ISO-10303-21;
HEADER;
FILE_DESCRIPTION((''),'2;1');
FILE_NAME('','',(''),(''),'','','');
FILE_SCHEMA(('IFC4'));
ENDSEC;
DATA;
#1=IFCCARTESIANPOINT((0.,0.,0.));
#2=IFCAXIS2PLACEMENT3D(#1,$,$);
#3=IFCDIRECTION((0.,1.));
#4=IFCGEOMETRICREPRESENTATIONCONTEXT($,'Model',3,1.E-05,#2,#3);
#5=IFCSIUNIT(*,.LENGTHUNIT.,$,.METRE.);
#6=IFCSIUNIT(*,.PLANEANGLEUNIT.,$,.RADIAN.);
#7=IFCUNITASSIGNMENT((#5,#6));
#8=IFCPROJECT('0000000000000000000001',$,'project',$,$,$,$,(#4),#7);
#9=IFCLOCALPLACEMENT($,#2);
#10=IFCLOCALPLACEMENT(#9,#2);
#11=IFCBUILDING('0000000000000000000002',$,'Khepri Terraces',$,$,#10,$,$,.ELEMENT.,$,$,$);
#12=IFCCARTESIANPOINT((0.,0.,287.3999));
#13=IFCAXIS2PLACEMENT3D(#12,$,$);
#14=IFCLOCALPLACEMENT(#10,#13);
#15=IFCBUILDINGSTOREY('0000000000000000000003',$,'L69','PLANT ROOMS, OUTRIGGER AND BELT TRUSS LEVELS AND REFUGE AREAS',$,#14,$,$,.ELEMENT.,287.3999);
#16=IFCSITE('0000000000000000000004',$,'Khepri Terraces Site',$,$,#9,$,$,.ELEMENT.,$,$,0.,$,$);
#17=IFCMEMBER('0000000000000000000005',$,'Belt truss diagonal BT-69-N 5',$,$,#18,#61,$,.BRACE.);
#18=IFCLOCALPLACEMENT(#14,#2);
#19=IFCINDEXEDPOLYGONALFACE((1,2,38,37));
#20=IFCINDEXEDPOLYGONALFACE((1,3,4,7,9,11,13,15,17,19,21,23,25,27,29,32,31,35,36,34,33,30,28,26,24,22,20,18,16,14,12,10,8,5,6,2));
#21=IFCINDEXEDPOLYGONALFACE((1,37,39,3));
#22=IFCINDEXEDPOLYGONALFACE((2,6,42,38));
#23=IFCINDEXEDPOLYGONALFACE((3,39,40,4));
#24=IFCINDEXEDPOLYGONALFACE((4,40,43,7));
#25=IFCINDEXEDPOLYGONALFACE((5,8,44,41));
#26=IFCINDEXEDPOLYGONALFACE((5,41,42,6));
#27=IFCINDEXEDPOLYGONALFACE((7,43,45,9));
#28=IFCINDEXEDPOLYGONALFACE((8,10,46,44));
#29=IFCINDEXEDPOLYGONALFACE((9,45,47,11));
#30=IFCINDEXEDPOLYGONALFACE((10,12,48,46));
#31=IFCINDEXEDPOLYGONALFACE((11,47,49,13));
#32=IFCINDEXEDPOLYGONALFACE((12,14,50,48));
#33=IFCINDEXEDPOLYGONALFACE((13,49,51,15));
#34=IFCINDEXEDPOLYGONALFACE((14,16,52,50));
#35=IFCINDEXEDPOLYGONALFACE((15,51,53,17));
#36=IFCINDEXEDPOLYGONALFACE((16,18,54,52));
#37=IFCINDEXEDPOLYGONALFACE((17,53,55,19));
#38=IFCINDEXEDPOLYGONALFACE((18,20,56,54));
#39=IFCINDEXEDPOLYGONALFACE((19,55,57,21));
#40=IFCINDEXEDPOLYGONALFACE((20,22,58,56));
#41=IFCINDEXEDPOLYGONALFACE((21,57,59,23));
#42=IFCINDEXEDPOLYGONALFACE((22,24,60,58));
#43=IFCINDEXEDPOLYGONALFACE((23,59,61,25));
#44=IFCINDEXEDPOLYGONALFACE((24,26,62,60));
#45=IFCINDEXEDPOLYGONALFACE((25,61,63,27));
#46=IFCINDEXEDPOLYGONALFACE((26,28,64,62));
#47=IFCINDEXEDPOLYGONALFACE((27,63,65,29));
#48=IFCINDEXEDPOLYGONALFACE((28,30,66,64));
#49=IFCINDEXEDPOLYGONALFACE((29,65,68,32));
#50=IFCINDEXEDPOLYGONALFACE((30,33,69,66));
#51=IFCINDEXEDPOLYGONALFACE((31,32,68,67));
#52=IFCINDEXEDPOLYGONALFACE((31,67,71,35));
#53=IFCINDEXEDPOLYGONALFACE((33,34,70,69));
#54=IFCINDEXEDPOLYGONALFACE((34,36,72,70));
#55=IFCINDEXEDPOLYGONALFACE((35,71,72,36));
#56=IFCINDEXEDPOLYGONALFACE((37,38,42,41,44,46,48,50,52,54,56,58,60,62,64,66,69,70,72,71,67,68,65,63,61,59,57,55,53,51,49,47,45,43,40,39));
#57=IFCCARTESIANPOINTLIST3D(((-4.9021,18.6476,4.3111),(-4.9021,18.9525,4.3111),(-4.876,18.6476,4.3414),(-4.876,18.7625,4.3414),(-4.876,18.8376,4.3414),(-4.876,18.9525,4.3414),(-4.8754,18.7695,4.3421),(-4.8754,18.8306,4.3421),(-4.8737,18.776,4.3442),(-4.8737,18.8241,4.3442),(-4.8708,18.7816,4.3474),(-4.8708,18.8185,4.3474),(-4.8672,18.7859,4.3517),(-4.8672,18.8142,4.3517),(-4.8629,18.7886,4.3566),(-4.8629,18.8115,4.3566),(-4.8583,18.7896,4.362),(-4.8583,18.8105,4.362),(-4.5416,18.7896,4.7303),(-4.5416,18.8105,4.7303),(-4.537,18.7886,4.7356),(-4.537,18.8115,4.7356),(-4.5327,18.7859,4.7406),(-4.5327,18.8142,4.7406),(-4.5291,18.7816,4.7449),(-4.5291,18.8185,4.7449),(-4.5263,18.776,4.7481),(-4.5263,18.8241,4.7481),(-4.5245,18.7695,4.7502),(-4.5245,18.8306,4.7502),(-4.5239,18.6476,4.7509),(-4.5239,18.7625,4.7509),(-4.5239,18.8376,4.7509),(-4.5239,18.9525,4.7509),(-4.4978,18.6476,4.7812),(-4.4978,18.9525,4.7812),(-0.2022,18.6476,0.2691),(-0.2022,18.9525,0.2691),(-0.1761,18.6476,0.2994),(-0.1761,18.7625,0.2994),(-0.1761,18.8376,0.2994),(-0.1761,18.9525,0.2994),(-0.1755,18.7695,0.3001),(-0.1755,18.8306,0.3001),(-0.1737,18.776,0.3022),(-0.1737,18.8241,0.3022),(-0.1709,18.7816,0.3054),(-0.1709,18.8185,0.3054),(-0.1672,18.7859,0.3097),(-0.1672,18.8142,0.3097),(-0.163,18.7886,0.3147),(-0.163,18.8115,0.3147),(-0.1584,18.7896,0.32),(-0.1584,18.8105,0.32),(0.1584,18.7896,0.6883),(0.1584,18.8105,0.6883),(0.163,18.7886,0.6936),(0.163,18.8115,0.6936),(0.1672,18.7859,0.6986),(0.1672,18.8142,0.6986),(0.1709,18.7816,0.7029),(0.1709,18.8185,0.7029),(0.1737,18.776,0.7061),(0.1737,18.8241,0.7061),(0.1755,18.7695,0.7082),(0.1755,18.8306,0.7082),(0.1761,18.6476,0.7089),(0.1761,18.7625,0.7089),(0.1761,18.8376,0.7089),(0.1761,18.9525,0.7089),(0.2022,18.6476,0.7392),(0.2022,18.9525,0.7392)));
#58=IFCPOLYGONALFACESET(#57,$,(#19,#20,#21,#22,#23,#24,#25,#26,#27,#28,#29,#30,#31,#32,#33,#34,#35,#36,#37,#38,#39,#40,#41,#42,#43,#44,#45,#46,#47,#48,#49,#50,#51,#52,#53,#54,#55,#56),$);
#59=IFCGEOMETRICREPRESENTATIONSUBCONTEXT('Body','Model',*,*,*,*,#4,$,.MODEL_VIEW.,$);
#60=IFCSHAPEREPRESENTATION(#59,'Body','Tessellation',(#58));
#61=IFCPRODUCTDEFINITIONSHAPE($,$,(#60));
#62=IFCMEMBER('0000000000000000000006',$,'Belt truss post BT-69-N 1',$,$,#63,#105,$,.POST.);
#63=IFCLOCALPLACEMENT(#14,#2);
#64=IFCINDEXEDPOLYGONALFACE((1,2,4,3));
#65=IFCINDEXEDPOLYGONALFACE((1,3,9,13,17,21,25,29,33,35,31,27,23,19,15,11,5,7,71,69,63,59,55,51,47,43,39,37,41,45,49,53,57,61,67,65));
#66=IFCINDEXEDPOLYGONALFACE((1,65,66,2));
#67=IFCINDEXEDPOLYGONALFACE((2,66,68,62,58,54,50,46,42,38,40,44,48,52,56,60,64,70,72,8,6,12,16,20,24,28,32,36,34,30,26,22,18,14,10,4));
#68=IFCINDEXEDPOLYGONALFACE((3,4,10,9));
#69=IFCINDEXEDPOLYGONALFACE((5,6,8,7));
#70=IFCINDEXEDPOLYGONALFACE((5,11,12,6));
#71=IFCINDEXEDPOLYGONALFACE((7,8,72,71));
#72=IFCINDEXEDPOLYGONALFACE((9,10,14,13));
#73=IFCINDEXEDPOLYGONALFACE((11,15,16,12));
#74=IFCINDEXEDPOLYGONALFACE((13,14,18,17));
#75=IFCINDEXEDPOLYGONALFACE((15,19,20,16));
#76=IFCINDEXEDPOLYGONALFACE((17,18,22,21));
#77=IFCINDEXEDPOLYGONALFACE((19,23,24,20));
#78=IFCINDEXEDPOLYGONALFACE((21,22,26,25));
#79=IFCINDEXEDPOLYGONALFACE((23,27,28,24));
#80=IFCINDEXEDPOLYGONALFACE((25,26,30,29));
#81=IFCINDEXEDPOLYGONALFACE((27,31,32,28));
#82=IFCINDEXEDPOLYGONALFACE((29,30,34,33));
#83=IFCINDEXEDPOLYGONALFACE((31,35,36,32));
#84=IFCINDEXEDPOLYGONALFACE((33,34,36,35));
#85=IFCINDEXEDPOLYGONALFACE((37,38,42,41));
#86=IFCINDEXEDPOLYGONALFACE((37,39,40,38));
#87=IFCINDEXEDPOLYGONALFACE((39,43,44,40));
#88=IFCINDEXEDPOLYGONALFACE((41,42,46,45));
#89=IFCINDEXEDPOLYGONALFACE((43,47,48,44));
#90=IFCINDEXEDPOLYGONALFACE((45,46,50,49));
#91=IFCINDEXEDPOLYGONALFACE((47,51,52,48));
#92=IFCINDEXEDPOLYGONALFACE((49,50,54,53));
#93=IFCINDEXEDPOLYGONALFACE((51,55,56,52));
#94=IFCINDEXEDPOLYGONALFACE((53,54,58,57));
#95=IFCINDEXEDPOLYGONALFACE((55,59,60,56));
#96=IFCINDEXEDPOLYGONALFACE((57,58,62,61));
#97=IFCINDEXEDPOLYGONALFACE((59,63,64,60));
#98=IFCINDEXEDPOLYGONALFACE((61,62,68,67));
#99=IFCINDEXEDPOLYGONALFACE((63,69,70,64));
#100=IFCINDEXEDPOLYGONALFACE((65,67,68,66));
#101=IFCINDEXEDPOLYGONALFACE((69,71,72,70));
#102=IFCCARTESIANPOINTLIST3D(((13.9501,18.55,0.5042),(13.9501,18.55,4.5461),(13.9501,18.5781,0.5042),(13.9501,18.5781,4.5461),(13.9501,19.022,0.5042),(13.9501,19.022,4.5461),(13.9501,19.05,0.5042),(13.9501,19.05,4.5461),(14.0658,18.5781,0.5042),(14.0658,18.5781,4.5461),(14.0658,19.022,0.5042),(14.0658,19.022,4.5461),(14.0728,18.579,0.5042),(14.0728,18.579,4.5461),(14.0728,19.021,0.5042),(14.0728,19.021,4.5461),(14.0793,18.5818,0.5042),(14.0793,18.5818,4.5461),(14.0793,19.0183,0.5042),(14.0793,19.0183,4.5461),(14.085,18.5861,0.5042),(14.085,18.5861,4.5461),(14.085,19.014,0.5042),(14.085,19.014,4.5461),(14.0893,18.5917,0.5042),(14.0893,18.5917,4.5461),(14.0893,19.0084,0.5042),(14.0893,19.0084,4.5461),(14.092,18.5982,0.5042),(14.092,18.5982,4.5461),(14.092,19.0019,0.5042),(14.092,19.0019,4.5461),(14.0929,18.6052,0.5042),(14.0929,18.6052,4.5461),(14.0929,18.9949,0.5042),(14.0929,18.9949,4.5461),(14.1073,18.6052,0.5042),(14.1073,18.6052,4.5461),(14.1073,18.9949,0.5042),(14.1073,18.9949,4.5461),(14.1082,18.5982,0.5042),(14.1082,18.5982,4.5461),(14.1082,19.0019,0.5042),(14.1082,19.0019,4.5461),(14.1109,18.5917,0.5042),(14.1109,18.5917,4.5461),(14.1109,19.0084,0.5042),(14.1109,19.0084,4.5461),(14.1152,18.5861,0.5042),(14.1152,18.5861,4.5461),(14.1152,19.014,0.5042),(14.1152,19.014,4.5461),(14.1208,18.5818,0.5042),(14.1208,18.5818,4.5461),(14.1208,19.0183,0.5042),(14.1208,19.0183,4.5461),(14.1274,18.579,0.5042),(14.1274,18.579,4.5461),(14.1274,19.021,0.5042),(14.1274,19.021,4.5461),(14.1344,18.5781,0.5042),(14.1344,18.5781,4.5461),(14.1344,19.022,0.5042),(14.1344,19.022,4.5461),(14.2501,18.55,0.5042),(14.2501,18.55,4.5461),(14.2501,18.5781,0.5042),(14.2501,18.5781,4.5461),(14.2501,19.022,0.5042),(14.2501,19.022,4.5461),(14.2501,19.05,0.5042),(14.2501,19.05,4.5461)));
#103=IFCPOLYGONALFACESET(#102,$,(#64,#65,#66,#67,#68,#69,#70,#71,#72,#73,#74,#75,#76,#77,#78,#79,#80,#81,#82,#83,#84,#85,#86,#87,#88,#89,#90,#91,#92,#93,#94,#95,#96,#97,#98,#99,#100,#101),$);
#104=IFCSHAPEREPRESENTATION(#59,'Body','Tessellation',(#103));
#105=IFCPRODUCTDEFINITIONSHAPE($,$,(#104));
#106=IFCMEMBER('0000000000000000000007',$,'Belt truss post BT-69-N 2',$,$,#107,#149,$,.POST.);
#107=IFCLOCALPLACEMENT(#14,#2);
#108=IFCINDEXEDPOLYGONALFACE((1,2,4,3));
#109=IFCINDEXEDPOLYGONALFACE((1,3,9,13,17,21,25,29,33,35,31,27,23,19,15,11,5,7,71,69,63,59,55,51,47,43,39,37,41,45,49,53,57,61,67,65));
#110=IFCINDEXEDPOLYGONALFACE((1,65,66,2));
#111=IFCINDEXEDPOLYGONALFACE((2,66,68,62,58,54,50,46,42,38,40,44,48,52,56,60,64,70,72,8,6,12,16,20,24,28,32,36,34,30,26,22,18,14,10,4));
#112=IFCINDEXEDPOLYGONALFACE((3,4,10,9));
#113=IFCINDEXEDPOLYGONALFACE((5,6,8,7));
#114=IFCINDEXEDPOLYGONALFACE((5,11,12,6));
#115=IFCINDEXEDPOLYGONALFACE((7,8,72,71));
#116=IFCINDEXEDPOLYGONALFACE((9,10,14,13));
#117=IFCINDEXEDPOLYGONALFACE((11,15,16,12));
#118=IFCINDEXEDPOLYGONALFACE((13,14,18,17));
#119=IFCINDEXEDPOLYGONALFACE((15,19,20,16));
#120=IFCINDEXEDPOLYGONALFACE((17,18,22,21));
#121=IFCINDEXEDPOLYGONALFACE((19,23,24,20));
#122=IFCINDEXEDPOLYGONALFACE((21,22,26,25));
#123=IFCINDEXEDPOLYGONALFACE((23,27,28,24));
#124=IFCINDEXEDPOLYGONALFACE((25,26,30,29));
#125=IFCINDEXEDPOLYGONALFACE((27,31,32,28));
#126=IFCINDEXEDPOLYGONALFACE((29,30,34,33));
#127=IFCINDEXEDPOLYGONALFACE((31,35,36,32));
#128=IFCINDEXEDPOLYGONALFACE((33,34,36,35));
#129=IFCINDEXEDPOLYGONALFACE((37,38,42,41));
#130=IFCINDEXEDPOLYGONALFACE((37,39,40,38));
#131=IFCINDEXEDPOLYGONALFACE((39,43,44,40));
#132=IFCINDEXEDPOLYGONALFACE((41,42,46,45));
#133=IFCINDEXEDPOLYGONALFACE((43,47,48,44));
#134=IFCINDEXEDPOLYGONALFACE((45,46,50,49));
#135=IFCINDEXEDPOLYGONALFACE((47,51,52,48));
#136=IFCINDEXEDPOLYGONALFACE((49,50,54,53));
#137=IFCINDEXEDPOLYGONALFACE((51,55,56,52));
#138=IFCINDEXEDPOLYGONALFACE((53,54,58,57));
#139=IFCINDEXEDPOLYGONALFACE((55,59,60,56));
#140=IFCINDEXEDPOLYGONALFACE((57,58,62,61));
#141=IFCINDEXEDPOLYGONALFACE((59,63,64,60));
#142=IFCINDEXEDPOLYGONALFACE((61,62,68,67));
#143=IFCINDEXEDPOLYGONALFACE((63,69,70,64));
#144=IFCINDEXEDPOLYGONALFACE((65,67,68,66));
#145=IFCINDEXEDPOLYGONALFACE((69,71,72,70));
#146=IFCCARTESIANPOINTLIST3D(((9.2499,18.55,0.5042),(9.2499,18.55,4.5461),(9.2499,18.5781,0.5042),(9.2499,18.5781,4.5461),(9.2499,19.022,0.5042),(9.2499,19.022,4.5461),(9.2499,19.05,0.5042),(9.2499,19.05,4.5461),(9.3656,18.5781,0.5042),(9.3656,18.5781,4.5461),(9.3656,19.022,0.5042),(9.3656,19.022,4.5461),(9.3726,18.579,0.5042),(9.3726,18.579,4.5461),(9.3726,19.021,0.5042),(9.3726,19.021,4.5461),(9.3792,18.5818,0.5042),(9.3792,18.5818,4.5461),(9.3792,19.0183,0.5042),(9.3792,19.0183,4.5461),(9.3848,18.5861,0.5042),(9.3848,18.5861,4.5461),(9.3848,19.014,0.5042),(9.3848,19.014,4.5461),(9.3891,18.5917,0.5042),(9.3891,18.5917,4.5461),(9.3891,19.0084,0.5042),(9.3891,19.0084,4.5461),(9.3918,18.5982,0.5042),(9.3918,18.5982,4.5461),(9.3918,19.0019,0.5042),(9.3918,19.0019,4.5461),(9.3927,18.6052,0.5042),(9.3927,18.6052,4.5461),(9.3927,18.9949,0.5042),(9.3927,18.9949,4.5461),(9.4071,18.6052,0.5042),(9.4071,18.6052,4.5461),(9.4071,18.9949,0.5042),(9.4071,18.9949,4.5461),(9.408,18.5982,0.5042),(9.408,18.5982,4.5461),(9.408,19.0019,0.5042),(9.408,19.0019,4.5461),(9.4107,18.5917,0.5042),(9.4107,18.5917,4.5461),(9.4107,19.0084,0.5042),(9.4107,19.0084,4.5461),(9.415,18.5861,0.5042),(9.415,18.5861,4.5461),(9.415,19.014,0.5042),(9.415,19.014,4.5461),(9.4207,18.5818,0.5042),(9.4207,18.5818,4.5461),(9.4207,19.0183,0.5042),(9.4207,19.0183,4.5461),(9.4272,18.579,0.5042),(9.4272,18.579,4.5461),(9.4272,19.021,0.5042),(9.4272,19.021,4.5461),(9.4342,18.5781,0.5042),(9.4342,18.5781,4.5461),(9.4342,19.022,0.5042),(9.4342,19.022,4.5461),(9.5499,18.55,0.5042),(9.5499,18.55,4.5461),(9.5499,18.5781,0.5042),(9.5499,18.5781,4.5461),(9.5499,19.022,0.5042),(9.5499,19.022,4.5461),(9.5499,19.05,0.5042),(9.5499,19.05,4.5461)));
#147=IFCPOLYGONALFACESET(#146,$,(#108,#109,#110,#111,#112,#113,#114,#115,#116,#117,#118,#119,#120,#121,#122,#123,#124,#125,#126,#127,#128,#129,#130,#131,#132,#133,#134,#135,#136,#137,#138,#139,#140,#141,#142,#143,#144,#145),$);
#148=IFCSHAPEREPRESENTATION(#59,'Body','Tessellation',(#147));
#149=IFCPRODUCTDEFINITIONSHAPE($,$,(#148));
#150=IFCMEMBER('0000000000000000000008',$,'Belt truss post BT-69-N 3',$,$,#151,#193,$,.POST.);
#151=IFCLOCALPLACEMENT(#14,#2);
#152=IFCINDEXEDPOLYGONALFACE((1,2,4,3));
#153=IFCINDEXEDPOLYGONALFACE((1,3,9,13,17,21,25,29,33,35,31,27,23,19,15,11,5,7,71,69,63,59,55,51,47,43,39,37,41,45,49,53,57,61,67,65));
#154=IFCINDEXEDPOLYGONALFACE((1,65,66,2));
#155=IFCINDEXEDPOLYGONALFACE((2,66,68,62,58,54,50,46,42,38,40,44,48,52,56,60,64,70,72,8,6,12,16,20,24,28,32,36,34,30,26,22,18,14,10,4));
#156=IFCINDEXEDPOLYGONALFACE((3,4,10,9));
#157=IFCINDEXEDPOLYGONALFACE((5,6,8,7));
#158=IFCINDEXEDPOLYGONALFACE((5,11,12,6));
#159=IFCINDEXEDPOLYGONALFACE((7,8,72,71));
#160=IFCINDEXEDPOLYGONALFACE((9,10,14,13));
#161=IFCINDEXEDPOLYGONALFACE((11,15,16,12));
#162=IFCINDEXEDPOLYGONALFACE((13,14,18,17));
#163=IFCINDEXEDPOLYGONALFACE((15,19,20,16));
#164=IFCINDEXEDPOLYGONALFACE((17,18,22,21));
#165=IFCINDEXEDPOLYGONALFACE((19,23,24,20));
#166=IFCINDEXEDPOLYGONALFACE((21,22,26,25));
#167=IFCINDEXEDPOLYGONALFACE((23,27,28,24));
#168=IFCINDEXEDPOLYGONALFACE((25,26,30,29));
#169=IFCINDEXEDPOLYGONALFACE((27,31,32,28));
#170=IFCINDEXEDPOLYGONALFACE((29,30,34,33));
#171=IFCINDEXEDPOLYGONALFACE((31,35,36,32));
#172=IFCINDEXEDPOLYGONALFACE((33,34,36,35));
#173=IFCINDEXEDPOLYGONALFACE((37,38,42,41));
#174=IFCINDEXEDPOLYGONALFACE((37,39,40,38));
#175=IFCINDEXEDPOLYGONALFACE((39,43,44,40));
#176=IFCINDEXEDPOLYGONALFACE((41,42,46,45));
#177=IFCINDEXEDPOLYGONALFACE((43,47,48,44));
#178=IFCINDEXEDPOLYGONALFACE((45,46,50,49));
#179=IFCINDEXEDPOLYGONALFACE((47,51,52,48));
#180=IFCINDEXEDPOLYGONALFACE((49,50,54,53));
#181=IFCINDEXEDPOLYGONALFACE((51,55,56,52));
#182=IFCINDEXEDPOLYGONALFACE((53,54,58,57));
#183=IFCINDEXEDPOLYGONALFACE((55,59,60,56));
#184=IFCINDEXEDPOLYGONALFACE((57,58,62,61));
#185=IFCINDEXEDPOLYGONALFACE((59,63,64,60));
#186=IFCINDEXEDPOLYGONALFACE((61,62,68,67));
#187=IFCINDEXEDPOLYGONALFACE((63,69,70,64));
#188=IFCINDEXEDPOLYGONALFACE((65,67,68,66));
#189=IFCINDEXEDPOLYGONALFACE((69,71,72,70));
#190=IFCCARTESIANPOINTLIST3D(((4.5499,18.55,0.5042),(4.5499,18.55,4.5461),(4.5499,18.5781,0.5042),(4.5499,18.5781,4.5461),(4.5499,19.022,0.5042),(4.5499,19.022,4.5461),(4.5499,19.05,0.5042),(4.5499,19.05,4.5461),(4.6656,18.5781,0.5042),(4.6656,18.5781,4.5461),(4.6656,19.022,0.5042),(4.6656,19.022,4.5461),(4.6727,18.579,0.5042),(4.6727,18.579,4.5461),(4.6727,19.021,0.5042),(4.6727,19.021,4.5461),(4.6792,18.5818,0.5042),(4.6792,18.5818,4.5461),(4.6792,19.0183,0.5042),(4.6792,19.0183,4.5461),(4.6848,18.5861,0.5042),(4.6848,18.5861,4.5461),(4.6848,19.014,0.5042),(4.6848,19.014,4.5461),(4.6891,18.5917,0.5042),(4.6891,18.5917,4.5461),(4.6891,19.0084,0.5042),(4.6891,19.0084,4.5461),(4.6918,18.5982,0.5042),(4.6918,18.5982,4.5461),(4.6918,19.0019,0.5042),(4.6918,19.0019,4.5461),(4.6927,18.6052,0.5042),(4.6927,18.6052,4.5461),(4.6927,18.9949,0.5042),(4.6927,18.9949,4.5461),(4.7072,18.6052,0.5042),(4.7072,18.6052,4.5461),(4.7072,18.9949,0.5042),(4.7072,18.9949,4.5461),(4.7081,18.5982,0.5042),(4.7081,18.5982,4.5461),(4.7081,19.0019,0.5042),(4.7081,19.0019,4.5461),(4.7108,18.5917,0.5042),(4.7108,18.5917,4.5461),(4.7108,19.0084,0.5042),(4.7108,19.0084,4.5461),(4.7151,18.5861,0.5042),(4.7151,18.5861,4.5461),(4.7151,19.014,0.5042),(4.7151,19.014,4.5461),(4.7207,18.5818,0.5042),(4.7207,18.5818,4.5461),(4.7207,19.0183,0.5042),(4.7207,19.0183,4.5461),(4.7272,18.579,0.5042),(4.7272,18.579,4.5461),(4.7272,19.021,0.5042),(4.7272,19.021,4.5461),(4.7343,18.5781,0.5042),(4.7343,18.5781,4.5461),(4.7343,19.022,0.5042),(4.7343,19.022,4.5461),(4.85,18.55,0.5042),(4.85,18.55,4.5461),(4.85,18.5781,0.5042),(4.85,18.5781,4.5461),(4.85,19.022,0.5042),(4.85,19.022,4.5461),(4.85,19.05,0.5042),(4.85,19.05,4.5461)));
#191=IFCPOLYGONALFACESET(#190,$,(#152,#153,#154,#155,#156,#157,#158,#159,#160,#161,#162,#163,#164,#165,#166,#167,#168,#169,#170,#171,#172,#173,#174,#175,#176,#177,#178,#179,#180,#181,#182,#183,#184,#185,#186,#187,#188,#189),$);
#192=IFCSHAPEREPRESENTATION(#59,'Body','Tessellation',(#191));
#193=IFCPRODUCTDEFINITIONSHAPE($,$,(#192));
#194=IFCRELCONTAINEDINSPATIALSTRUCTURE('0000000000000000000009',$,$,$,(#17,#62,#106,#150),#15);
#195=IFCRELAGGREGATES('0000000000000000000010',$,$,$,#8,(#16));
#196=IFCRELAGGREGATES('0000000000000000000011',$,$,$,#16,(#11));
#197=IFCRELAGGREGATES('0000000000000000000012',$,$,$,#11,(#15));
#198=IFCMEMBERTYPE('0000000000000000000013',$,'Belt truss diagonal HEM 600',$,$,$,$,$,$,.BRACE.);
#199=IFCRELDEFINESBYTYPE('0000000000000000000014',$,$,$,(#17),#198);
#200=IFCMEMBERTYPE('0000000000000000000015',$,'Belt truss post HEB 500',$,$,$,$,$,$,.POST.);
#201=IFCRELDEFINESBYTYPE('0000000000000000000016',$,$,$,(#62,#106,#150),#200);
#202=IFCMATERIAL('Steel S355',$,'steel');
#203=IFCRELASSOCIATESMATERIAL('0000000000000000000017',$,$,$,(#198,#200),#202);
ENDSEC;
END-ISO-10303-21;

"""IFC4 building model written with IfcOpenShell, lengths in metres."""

from ifc_helpers import new_model, si_unit, direction, frame, origin, origin_2d, place, context, subcontext, project, spatial, i_section, extrude, material, material_profile, profile_set, type_object, element, save


model = new_model("IFC4")

# Units and contexts
model_context = context("Model", 3, precision=1e-05, world=origin(), true_north=direction((0.0, 1.0)))
body_context = subcontext(model_context, "Body", "Model", "MODEL_VIEW")
ifc_project = project(units=[si_unit("LENGTHUNIT", "METRE"), si_unit("PLANEANGLEUNIT", "RADIAN")], contexts=[model_context])

# Site, building, storey
site_placement = place(None, origin())
site = spatial("IfcSite", under=ifc_project, at=site_placement, Name="Khepri Terraces Site", CompositionType="ELEMENT", RefElevation=0.0)
building_placement = place(site_placement, origin())
building = spatial("IfcBuilding", under=site, at=building_placement, Name="Khepri Terraces", CompositionType="ELEMENT")
storey_placement = place(building_placement, frame((0.0, 0.0, 287.3999)))
storey = spatial("IfcBuildingStorey", under=building, at=storey_placement, Name="L69", Description="PLANT ROOMS, OUTRIGGER AND BELT TRUSS LEVELS AND REFUGE AREAS", CompositionType="ELEMENT", Elevation=287.3999)

# Members
ifc_material_1 = material(Name="Steel S355", Category="steel")
ifc_material_profile_1 = material_profile(ifc_material_1, i_section(OverallWidth=0.3049, OverallDepth=0.6201, WebThickness=0.021, FlangeThickness=0.04, FilletRadius=0.0271, at=origin_2d()), Name="Steel S355", Category="steel")
ifc_profile_set_1 = profile_set([ifc_material_profile_1], Name="Steel S355")
member_type_1 = type_object("IfcMemberType", Name="Belt truss diagonal HEM 600", PredefinedType="BRACE", material=ifc_profile_set_1)
for number, where, z_axis, x_axis, name in (
    (1, (0.0, 18.8, 0.5042), (-0.758182, 0.0, 0.652042), (0.0, -1.0, 0.0), "Belt truss diagonal BT-69-N 5"),
):
    element("IfcMember", number, at=place(storey_placement, frame(where, z_axis=z_axis, x_axis=x_axis)), inside=storey, type_object=member_type_1, Name=name, PredefinedType="BRACE", context=body_context, shape_type="SweptSolid", body=[
        extrude(i_section(OverallWidth=0.3049, OverallDepth=0.6201, WebThickness=0.021, FlangeThickness=0.04, FilletRadius=0.0271, at=origin_2d()), origin(), (0.0, 0.0, 1.0), 6.199),
    ])
ifc_material_profile_2 = material_profile(ifc_material_1, i_section(OverallWidth=0.3, OverallDepth=0.5, WebThickness=0.0144, FlangeThickness=0.0281, FilletRadius=0.0271, at=origin_2d()), Name="Steel S355", Category="steel")
ifc_profile_set_2 = profile_set([ifc_material_profile_2], Name="Steel S355")
member_type_2 = type_object("IfcMemberType", Name="Belt truss post HEB 500", PredefinedType="POST", material=ifc_profile_set_2)
for number, where, z_axis, x_axis, name in (
    (2, (14.1001, 18.8, 0.5042), (0.0, 0.0, 1.0), (1.0, 0.0, 0.0), "Belt truss post BT-69-N 1"),
    (3, (9.3999, 18.8, 0.5042), (0.0, 0.0, 1.0), (1.0, 0.0, 0.0), "Belt truss post BT-69-N 2"),
    (4, (4.7, 18.8, 0.5042), (0.0, 0.0, 1.0), (1.0, 0.0, 0.0), "Belt truss post BT-69-N 3"),
):
    element("IfcMember", number, at=place(storey_placement, frame(where, z_axis=z_axis, x_axis=x_axis)), inside=storey, type_object=member_type_2, Name=name, PredefinedType="POST", context=body_context, shape_type="SweptSolid", body=[
        extrude(i_section(OverallWidth=0.3, OverallDepth=0.5, WebThickness=0.0144, FlangeThickness=0.0281, FilletRadius=0.0271, at=origin_2d()), origin(), (0.0, 0.0, 1.0), 4.042),
    ])

save(model, "model.ifc")
